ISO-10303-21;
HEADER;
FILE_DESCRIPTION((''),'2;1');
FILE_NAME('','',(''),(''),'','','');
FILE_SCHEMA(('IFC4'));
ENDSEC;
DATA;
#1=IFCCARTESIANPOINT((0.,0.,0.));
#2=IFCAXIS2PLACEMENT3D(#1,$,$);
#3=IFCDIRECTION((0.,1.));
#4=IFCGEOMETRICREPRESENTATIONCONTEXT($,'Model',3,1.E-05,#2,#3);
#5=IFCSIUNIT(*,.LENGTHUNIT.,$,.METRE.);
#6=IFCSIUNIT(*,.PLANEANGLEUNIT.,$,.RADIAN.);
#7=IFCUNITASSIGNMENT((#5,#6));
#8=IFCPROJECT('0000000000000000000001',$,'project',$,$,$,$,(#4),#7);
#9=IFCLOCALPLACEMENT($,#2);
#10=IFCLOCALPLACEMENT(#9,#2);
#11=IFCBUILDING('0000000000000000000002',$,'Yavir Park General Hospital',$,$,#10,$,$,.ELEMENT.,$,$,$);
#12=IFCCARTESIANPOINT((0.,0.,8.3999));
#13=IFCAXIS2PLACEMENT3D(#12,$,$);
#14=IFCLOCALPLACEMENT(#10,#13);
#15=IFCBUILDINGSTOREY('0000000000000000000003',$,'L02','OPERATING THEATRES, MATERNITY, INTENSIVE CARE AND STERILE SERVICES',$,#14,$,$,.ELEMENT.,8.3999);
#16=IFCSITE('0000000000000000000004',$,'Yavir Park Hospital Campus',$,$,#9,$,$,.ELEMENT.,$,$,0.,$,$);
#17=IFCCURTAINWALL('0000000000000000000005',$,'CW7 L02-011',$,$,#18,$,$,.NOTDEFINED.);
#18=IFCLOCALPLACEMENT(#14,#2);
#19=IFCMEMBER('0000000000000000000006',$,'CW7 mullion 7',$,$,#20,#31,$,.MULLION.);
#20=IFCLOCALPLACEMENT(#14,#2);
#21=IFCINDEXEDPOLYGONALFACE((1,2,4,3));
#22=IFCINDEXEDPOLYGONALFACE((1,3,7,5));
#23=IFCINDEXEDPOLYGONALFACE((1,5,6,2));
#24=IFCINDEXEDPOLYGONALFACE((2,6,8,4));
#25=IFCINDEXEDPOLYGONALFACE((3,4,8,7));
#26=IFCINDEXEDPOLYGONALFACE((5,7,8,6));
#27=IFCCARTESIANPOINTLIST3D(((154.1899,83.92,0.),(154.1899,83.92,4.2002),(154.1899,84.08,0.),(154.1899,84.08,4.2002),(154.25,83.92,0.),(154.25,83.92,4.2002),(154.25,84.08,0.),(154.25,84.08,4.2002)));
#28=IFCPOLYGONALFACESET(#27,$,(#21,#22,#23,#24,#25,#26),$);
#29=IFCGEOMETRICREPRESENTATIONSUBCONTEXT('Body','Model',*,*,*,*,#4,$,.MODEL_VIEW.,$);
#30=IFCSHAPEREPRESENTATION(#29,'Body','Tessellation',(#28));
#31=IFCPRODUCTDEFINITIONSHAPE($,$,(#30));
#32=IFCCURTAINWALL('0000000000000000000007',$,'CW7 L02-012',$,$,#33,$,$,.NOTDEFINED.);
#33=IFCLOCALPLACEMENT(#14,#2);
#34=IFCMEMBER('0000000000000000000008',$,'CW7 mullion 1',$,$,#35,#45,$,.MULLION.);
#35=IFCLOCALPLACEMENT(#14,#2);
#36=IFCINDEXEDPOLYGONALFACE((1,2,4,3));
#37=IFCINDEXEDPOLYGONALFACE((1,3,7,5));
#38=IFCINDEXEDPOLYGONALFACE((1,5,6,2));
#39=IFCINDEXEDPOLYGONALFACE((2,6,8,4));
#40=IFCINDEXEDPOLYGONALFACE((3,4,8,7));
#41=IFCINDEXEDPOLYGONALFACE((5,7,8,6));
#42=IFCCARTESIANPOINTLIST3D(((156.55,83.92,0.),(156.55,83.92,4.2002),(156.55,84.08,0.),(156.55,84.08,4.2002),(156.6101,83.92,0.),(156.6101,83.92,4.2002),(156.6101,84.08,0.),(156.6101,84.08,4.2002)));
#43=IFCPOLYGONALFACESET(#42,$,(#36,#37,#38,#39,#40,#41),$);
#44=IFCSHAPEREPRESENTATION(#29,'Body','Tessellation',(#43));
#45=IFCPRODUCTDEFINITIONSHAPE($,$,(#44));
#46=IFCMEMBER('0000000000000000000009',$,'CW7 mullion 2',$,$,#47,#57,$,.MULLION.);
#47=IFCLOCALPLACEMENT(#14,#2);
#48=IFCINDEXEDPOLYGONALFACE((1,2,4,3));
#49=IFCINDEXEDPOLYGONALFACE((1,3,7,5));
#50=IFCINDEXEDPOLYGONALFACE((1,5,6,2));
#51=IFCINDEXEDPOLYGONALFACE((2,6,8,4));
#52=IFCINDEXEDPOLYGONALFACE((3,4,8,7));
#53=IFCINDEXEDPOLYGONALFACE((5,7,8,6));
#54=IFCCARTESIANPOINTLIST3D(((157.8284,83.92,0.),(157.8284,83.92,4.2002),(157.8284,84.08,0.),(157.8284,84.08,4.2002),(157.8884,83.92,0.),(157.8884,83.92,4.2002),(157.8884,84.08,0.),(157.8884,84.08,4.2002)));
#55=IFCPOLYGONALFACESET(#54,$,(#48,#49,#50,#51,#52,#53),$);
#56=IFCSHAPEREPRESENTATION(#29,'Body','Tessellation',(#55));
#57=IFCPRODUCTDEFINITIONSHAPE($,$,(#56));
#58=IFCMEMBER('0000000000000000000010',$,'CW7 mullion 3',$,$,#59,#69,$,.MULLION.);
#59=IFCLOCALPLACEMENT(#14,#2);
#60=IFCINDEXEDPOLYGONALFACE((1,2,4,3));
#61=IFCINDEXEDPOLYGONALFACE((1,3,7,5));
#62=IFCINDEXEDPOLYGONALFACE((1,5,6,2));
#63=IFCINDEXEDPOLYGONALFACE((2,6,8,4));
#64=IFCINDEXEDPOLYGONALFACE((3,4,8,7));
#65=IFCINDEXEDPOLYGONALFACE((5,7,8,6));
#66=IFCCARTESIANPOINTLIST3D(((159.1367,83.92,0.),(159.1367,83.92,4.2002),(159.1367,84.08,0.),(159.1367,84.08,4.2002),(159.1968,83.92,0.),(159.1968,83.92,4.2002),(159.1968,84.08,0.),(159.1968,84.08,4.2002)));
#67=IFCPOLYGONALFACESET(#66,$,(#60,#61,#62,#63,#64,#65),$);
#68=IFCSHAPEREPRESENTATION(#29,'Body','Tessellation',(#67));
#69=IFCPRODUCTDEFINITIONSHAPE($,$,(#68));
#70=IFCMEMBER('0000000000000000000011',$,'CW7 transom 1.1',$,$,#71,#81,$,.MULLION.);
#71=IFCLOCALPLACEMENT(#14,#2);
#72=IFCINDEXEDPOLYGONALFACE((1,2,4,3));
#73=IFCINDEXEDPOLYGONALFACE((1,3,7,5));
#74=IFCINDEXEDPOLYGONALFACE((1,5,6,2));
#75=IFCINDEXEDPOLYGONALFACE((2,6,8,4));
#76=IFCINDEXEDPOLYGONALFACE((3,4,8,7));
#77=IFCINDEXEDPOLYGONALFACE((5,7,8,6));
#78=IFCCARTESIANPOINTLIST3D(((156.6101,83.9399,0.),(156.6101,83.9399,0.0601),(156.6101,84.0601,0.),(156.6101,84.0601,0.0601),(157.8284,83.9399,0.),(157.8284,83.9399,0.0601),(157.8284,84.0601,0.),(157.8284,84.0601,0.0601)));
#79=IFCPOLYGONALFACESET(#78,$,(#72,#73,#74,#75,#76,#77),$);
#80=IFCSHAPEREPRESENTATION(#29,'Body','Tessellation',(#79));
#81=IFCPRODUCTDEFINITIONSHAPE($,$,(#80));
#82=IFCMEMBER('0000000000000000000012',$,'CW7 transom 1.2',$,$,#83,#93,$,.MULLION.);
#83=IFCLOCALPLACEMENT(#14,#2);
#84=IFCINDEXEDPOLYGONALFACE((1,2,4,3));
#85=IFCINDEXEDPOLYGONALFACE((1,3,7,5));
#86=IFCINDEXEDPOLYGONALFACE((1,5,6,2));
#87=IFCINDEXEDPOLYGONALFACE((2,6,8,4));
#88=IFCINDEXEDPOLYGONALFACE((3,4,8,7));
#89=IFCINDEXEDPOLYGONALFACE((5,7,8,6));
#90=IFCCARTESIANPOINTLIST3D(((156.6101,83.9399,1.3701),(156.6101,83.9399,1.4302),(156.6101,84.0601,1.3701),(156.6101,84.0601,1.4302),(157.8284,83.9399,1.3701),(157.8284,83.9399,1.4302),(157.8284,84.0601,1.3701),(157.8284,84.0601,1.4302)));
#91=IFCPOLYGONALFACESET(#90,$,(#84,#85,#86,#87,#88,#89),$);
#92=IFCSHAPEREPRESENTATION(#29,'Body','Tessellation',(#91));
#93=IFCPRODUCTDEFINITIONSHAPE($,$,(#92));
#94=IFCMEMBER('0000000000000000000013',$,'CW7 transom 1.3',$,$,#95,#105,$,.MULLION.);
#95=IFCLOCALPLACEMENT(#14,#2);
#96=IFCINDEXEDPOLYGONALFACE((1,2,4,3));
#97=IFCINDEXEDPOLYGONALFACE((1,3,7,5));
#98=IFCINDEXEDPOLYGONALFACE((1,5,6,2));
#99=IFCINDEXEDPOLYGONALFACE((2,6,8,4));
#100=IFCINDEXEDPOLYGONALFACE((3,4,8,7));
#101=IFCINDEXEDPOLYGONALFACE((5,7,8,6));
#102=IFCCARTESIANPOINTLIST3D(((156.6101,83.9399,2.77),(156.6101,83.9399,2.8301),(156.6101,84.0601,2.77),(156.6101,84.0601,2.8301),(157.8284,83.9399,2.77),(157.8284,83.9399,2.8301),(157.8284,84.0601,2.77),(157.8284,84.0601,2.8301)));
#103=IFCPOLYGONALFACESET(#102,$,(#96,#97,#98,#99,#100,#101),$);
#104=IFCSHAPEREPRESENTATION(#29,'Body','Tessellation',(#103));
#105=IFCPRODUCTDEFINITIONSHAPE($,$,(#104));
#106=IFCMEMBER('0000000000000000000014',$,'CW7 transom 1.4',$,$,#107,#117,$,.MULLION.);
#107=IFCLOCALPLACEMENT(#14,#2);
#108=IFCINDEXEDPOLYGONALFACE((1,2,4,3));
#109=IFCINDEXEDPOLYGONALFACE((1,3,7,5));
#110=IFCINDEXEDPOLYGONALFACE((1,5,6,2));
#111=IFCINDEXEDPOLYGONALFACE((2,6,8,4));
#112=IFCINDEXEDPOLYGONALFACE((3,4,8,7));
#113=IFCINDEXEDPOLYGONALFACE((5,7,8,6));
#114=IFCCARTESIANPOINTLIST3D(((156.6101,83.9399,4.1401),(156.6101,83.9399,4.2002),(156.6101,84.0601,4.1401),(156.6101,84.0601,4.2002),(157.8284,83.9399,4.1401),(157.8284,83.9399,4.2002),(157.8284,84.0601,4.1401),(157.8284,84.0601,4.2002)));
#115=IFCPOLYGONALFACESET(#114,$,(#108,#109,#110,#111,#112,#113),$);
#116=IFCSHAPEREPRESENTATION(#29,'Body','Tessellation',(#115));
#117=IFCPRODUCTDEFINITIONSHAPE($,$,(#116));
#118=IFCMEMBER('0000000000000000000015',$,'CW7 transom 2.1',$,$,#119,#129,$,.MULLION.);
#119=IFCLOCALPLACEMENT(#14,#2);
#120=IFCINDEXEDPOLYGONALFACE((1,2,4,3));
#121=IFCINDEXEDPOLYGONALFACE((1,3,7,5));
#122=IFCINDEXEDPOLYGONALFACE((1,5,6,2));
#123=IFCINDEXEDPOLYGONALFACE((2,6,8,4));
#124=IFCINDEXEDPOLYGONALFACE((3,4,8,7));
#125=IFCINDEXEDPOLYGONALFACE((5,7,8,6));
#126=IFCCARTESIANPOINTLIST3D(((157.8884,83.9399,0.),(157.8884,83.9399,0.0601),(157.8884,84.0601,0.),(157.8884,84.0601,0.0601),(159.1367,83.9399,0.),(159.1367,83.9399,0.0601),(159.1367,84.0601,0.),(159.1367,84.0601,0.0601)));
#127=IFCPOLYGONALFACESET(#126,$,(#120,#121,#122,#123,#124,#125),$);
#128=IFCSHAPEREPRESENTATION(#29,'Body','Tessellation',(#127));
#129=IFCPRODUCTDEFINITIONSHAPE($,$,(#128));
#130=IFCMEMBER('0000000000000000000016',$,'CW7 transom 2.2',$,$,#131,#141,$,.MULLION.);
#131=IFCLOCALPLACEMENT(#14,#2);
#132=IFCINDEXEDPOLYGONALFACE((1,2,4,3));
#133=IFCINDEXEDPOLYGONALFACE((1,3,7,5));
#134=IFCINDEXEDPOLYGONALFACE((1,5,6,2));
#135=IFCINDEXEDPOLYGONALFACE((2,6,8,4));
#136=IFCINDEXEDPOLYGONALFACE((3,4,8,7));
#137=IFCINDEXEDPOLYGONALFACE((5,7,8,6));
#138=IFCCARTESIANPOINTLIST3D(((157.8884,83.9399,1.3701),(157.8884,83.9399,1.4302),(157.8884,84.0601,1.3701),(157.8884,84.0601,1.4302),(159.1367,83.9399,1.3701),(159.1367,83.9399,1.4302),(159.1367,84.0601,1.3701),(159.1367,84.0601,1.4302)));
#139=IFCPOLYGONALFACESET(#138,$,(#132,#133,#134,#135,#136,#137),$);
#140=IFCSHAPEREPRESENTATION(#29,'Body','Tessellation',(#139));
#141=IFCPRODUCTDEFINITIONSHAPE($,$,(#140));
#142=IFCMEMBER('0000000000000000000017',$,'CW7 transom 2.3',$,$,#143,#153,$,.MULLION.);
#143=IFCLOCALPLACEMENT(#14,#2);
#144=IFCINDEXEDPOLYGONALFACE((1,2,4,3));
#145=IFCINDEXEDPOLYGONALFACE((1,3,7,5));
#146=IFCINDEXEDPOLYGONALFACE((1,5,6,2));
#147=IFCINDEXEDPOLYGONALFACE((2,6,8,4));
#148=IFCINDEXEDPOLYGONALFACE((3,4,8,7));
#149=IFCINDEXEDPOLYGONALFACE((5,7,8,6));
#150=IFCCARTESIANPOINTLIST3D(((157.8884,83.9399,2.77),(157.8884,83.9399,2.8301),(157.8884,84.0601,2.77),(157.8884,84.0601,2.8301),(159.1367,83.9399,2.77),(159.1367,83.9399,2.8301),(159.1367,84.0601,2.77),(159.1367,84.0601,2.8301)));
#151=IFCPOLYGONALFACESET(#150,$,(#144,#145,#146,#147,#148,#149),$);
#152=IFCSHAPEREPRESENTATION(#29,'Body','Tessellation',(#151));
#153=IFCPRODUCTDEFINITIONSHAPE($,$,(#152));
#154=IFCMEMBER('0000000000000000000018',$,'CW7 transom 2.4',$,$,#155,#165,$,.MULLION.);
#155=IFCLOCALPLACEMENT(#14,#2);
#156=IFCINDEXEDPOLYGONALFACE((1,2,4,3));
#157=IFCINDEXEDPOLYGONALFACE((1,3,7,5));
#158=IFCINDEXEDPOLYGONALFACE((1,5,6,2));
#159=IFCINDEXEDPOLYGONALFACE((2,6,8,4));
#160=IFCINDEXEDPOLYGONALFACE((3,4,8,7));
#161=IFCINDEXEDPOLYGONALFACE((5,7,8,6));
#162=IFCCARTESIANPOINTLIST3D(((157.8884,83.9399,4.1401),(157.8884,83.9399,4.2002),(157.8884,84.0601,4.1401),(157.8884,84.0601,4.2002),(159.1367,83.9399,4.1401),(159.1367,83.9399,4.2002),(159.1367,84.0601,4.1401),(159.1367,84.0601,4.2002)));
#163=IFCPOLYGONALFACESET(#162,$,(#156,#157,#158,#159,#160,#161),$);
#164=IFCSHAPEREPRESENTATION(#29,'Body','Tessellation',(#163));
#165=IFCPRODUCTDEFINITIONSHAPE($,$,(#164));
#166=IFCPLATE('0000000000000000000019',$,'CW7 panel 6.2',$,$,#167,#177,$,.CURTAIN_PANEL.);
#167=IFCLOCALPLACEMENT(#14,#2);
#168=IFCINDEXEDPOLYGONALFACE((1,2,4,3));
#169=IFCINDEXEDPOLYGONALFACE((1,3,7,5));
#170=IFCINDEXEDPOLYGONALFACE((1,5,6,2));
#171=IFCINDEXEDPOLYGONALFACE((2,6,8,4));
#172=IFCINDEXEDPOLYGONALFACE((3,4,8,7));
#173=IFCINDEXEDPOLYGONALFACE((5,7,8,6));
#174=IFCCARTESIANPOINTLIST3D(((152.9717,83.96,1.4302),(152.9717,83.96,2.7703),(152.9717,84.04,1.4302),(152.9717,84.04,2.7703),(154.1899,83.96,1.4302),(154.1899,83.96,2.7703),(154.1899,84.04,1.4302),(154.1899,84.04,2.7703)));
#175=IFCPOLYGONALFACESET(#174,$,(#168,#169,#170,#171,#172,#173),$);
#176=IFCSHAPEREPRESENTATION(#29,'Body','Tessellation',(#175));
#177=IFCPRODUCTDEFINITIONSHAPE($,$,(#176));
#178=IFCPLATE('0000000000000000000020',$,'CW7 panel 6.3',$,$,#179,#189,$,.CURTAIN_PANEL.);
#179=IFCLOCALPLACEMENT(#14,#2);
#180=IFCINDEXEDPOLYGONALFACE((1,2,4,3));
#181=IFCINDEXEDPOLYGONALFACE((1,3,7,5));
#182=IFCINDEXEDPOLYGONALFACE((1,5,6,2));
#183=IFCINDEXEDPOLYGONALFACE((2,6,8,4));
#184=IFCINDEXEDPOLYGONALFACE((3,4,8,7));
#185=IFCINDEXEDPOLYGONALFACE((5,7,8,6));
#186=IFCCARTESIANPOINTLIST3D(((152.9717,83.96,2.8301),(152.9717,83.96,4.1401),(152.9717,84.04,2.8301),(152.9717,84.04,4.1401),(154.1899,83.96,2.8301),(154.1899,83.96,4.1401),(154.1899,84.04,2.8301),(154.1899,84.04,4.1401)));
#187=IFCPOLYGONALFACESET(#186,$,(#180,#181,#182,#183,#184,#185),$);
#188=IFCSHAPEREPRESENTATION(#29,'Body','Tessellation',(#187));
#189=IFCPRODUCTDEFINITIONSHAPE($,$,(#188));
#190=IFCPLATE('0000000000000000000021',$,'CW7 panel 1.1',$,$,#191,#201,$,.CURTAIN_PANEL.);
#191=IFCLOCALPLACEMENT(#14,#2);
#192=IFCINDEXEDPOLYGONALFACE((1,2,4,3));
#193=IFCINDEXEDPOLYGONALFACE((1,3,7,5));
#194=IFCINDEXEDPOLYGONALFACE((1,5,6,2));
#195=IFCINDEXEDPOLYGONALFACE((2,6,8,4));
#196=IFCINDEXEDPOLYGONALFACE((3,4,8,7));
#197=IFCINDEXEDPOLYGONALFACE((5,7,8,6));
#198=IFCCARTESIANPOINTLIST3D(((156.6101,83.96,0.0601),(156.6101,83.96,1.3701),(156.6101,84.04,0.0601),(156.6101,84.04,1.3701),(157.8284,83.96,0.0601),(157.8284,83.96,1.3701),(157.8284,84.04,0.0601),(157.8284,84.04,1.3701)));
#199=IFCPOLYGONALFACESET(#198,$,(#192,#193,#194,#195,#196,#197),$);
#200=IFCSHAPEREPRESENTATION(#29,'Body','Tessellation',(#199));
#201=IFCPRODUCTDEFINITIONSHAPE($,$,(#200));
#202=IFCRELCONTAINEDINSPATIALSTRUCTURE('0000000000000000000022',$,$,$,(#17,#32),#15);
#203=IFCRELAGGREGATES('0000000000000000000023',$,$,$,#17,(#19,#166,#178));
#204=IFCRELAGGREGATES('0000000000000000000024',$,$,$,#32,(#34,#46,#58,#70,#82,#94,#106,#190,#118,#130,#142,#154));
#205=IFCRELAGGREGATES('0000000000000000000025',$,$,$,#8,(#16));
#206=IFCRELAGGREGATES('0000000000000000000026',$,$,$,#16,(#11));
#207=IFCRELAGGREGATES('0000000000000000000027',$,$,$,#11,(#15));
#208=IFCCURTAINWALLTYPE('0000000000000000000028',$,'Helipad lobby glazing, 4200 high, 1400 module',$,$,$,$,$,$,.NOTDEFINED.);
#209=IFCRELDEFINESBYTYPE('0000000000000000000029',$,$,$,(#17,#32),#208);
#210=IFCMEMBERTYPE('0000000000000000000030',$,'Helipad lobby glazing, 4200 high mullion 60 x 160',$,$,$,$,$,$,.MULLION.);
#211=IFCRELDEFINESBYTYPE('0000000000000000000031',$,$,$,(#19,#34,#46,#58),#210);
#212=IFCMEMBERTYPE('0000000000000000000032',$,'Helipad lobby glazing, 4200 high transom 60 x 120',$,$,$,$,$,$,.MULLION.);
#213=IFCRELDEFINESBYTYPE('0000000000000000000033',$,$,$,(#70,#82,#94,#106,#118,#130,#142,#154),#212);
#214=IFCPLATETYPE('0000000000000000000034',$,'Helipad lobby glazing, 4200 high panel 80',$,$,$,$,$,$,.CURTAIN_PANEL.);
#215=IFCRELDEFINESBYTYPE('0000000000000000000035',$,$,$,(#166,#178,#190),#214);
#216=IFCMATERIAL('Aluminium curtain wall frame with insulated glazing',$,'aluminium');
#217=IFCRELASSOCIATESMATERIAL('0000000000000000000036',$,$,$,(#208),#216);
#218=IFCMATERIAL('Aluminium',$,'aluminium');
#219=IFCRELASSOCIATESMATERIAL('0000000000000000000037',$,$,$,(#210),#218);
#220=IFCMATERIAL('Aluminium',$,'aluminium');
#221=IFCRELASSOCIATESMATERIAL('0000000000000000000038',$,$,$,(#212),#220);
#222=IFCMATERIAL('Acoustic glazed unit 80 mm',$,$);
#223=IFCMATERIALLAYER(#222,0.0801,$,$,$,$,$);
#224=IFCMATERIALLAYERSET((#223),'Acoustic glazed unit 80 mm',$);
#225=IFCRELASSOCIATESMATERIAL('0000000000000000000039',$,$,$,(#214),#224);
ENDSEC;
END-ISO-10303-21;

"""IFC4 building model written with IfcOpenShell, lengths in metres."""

from ifc_helpers import new_model, si_unit, direction, frame, origin, origin_2d, place, context, subcontext, project, spatial, rectangle, extrude, material, layer, layer_set, material_profile, profile_set, type_object, element, aggregate, save


model = new_model("IFC4")

# Units and contexts
model_context = context("Model", 3, precision=1e-05, world=origin(), true_north=direction((0.0, 1.0)))
body_context = subcontext(model_context, "Body", "Model", "MODEL_VIEW")
ifc_project = project(units=[si_unit("LENGTHUNIT", "METRE"), si_unit("PLANEANGLEUNIT", "RADIAN")], contexts=[model_context])

# Site, building, storey
site_placement = place(None, origin())
site = spatial("IfcSite", under=ifc_project, at=site_placement, Name="Yavir Park Hospital Campus", CompositionType="ELEMENT", RefElevation=0.0)
building_placement = place(site_placement, origin())
building = spatial("IfcBuilding", under=site, at=building_placement, Name="Yavir Park General Hospital", CompositionType="ELEMENT")
storey_placement = place(building_placement, frame((0.0, 0.0, 8.3999)))
storey = spatial("IfcBuildingStorey", under=building, at=storey_placement, Name="L02", Description="OPERATING THEATRES, MATERNITY, INTENSIVE CARE AND STERILE SERVICES", CompositionType="ELEMENT", Elevation=8.3999)

# Curtain wall, member
ifc_material_1 = material(Name="Aluminium curtain wall frame with insulated glazing", Category="aluminium")
curtain_wall_type = type_object("IfcCurtainWallType", Name="Helipad lobby glazing, 4200 high, 1400 module", PredefinedType="NOTDEFINED", material=ifc_material_1)
curtain_wall_1_placement = place(storey_placement, origin())
curtain_wall_1 = element("IfcCurtainWall", 1, at=curtain_wall_1_placement, inside=storey, type_object=curtain_wall_type, Name="CW7 L02-011", PredefinedType="NOTDEFINED")
ifc_material_2 = material(Name="Aluminium", Category="aluminium")
ifc_material_profile_1 = material_profile(ifc_material_2, rectangle(XDim=0.1599, YDim=0.0601, at=origin_2d()), Name="AL 60x160")
ifc_profile_set_1 = profile_set([ifc_material_profile_1], Name="Aluminium")
member_type_1 = type_object("IfcMemberType", Name="Helipad lobby glazing, 4200 high mullion 60 x 160", PredefinedType="MULLION", material=ifc_profile_set_1)
member_1_placement = place(storey_placement, frame((154.22, 84.0, 0.0), z_axis=(0.0, 0.0, 1.0), x_axis=(0.0, 1.0, 0.0)))
member_1 = element("IfcMember", 2, at=member_1_placement, type_object=member_type_1, Name="CW7 mullion 7", PredefinedType="MULLION", context=body_context, shape_type="SweptSolid", body=[
    extrude(rectangle(XDim=0.1599, YDim=0.0601, at=origin_2d()), origin(), (0.0, 0.0, 1.0), 4.2002),
])

# Curtain wall, members
curtain_wall_2_placement = place(storey_placement, origin())
curtain_wall_2 = element("IfcCurtainWall", 3, at=curtain_wall_2_placement, inside=storey, type_object=curtain_wall_type, Name="CW7 L02-012", PredefinedType="NOTDEFINED")
member_2_placement = place(storey_placement, frame((156.5801, 84.0, 0.0), z_axis=(0.0, 0.0, 1.0), x_axis=(0.0, 1.0, 0.0)))
member_2 = element("IfcMember", 4, at=member_2_placement, type_object=member_type_1, Name="CW7 mullion 1", PredefinedType="MULLION", context=body_context, shape_type="SweptSolid", body=[
    extrude(rectangle(XDim=0.1599, YDim=0.0601, at=origin_2d()), origin(), (0.0, 0.0, 1.0), 4.2002),
])
member_3_placement = place(storey_placement, frame((157.8584, 84.0, 0.0), z_axis=(0.0, 0.0, 1.0), x_axis=(0.0, 1.0, 0.0)))
member_3 = element("IfcMember", 5, at=member_3_placement, type_object=member_type_1, Name="CW7 mullion 2", PredefinedType="MULLION", context=body_context, shape_type="SweptSolid", body=[
    extrude(rectangle(XDim=0.1599, YDim=0.0601, at=origin_2d()), origin(), (0.0, 0.0, 1.0), 4.2002),
])
member_4_placement = place(storey_placement, frame((159.1667, 84.0, 0.0), z_axis=(0.0, 0.0, 1.0), x_axis=(0.0, 1.0, 0.0)))
member_4 = element("IfcMember", 6, at=member_4_placement, type_object=member_type_1, Name="CW7 mullion 3", PredefinedType="MULLION", context=body_context, shape_type="SweptSolid", body=[
    extrude(rectangle(XDim=0.1599, YDim=0.0601, at=origin_2d()), origin(), (0.0, 0.0, 1.0), 4.2002),
])
ifc_material_3 = material(Name="Aluminium", Category="aluminium")
ifc_material_profile_2 = material_profile(ifc_material_3, rectangle(XDim=0.1201, YDim=0.0601, at=origin_2d()), Name="AL 120x60")
ifc_profile_set_2 = profile_set([ifc_material_profile_2], Name="Aluminium")
member_type_2 = type_object("IfcMemberType", Name="Helipad lobby glazing, 4200 high transom 60 x 120", PredefinedType="MULLION", material=ifc_profile_set_2)
member_5_placement = place(storey_placement, frame((156.6101, 84.0, 0.03), z_axis=(1.0, 0.0, 0.0), x_axis=(0.0, 1.0, 0.0)))
member_5 = element("IfcMember", 7, at=member_5_placement, type_object=member_type_2, Name="CW7 transom 1.1", PredefinedType="MULLION", context=body_context, shape_type="SweptSolid", body=[
    extrude(rectangle(XDim=0.1201, YDim=0.0601, at=origin_2d()), origin(), (0.0, 0.0, 1.0), 1.2183),
])
member_6_placement = place(storey_placement, frame((156.6101, 84.0, 1.4001), z_axis=(1.0, 0.0, 0.0), x_axis=(0.0, 1.0, 0.0)))
member_6 = element("IfcMember", 8, at=member_6_placement, type_object=member_type_2, Name="CW7 transom 1.2", PredefinedType="MULLION", context=body_context, shape_type="SweptSolid", body=[
    extrude(rectangle(XDim=0.1201, YDim=0.0601, at=origin_2d()), origin(), (0.0, 0.0, 1.0), 1.2183),
])
member_7_placement = place(storey_placement, frame((156.6101, 84.0, 2.8), z_axis=(1.0, 0.0, 0.0), x_axis=(0.0, 1.0, 0.0)))
member_7 = element("IfcMember", 9, at=member_7_placement, type_object=member_type_2, Name="CW7 transom 1.3", PredefinedType="MULLION", context=body_context, shape_type="SweptSolid", body=[
    extrude(rectangle(XDim=0.1201, YDim=0.0601, at=origin_2d()), origin(), (0.0, 0.0, 1.0), 1.2183),
])
member_8_placement = place(storey_placement, frame((156.6101, 84.0, 4.1702), z_axis=(1.0, 0.0, 0.0), x_axis=(0.0, 1.0, 0.0)))
member_8 = element("IfcMember", 10, at=member_8_placement, type_object=member_type_2, Name="CW7 transom 1.4", PredefinedType="MULLION", context=body_context, shape_type="SweptSolid", body=[
    extrude(rectangle(XDim=0.1201, YDim=0.0601, at=origin_2d()), origin(), (0.0, 0.0, 1.0), 1.2183),
])
member_9_placement = place(storey_placement, frame((157.8884, 84.0, 0.03), z_axis=(1.0, 0.0, 0.0), x_axis=(0.0, 1.0, 0.0)))
member_9 = element("IfcMember", 11, at=member_9_placement, type_object=member_type_2, Name="CW7 transom 2.1", PredefinedType="MULLION", context=body_context, shape_type="SweptSolid", body=[
    extrude(rectangle(XDim=0.1201, YDim=0.0601, at=origin_2d()), origin(), (0.0, 0.0, 1.0), 1.2483),
])
member_10_placement = place(storey_placement, frame((157.8884, 84.0, 1.4001), z_axis=(1.0, 0.0, 0.0), x_axis=(0.0, 1.0, 0.0)))
member_10 = element("IfcMember", 12, at=member_10_placement, type_object=member_type_2, Name="CW7 transom 2.2", PredefinedType="MULLION", context=body_context, shape_type="SweptSolid", body=[
    extrude(rectangle(XDim=0.1201, YDim=0.0601, at=origin_2d()), origin(), (0.0, 0.0, 1.0), 1.2483),
])
member_11_placement = place(storey_placement, frame((157.8884, 84.0, 2.8), z_axis=(1.0, 0.0, 0.0), x_axis=(0.0, 1.0, 0.0)))
member_11 = element("IfcMember", 13, at=member_11_placement, type_object=member_type_2, Name="CW7 transom 2.3", PredefinedType="MULLION", context=body_context, shape_type="SweptSolid", body=[
    extrude(rectangle(XDim=0.1201, YDim=0.0601, at=origin_2d()), origin(), (0.0, 0.0, 1.0), 1.2483),
])
member_12_placement = place(storey_placement, frame((157.8884, 84.0, 4.1702), z_axis=(1.0, 0.0, 0.0), x_axis=(0.0, 1.0, 0.0)))
member_12 = element("IfcMember", 14, at=member_12_placement, type_object=member_type_2, Name="CW7 transom 2.4", PredefinedType="MULLION", context=body_context, shape_type="SweptSolid", body=[
    extrude(rectangle(XDim=0.1201, YDim=0.0601, at=origin_2d()), origin(), (0.0, 0.0, 1.0), 1.2483),
])

# Plates
ifc_material_4 = material(Name="Acoustic glazed unit 80 mm")
ifc_layer_1 = layer(ifc_material_4, 0.0801)
ifc_layer_set_1 = layer_set([ifc_layer_1], Name="Acoustic glazed unit 80 mm")
plate_type = type_object("IfcPlateType", Name="Helipad lobby glazing, 4200 high panel 80", PredefinedType="CURTAIN_PANEL", material=ifc_layer_set_1)
plate_1_placement = place(storey_placement, frame((153.5808, 84.0, 1.4302), z_axis=(0.0, 0.0, 1.0), x_axis=(1.0, 0.0, 0.0)))
plate_1 = element("IfcPlate", 15, at=plate_1_placement, type_object=plate_type, Name="CW7 panel 6.2", PredefinedType="CURTAIN_PANEL", context=body_context, shape_type="SweptSolid", body=[
    extrude(rectangle(XDim=1.2183, YDim=0.0801, at=origin_2d()), origin(), (0.0, 0.0, 1.0), 1.3401),
])
plate_2_placement = place(storey_placement, frame((153.5808, 84.0, 2.8301), z_axis=(0.0, 0.0, 1.0), x_axis=(1.0, 0.0, 0.0)))
plate_2 = element("IfcPlate", 16, at=plate_2_placement, type_object=plate_type, Name="CW7 panel 6.3", PredefinedType="CURTAIN_PANEL", context=body_context, shape_type="SweptSolid", body=[
    extrude(rectangle(XDim=1.2183, YDim=0.0801, at=origin_2d()), origin(), (0.0, 0.0, 1.0), 1.3101),
])
aggregate(curtain_wall_1, [member_1, plate_1, plate_2])
plate_3_placement = place(storey_placement, frame((157.2192, 84.0, 0.0601), z_axis=(0.0, 0.0, 1.0), x_axis=(1.0, 0.0, 0.0)))
plate_3 = element("IfcPlate", 17, at=plate_3_placement, type_object=plate_type, Name="CW7 panel 1.1", PredefinedType="CURTAIN_PANEL", context=body_context, shape_type="SweptSolid", body=[
    extrude(rectangle(XDim=1.2183, YDim=0.0801, at=origin_2d()), origin(), (0.0, 0.0, 1.0), 1.3101),
])
aggregate(curtain_wall_2, [member_2, member_3, member_4, member_5, member_6, member_7, member_8, plate_3, member_9, member_10, member_11, member_12])

save(model, "model.ifc")
